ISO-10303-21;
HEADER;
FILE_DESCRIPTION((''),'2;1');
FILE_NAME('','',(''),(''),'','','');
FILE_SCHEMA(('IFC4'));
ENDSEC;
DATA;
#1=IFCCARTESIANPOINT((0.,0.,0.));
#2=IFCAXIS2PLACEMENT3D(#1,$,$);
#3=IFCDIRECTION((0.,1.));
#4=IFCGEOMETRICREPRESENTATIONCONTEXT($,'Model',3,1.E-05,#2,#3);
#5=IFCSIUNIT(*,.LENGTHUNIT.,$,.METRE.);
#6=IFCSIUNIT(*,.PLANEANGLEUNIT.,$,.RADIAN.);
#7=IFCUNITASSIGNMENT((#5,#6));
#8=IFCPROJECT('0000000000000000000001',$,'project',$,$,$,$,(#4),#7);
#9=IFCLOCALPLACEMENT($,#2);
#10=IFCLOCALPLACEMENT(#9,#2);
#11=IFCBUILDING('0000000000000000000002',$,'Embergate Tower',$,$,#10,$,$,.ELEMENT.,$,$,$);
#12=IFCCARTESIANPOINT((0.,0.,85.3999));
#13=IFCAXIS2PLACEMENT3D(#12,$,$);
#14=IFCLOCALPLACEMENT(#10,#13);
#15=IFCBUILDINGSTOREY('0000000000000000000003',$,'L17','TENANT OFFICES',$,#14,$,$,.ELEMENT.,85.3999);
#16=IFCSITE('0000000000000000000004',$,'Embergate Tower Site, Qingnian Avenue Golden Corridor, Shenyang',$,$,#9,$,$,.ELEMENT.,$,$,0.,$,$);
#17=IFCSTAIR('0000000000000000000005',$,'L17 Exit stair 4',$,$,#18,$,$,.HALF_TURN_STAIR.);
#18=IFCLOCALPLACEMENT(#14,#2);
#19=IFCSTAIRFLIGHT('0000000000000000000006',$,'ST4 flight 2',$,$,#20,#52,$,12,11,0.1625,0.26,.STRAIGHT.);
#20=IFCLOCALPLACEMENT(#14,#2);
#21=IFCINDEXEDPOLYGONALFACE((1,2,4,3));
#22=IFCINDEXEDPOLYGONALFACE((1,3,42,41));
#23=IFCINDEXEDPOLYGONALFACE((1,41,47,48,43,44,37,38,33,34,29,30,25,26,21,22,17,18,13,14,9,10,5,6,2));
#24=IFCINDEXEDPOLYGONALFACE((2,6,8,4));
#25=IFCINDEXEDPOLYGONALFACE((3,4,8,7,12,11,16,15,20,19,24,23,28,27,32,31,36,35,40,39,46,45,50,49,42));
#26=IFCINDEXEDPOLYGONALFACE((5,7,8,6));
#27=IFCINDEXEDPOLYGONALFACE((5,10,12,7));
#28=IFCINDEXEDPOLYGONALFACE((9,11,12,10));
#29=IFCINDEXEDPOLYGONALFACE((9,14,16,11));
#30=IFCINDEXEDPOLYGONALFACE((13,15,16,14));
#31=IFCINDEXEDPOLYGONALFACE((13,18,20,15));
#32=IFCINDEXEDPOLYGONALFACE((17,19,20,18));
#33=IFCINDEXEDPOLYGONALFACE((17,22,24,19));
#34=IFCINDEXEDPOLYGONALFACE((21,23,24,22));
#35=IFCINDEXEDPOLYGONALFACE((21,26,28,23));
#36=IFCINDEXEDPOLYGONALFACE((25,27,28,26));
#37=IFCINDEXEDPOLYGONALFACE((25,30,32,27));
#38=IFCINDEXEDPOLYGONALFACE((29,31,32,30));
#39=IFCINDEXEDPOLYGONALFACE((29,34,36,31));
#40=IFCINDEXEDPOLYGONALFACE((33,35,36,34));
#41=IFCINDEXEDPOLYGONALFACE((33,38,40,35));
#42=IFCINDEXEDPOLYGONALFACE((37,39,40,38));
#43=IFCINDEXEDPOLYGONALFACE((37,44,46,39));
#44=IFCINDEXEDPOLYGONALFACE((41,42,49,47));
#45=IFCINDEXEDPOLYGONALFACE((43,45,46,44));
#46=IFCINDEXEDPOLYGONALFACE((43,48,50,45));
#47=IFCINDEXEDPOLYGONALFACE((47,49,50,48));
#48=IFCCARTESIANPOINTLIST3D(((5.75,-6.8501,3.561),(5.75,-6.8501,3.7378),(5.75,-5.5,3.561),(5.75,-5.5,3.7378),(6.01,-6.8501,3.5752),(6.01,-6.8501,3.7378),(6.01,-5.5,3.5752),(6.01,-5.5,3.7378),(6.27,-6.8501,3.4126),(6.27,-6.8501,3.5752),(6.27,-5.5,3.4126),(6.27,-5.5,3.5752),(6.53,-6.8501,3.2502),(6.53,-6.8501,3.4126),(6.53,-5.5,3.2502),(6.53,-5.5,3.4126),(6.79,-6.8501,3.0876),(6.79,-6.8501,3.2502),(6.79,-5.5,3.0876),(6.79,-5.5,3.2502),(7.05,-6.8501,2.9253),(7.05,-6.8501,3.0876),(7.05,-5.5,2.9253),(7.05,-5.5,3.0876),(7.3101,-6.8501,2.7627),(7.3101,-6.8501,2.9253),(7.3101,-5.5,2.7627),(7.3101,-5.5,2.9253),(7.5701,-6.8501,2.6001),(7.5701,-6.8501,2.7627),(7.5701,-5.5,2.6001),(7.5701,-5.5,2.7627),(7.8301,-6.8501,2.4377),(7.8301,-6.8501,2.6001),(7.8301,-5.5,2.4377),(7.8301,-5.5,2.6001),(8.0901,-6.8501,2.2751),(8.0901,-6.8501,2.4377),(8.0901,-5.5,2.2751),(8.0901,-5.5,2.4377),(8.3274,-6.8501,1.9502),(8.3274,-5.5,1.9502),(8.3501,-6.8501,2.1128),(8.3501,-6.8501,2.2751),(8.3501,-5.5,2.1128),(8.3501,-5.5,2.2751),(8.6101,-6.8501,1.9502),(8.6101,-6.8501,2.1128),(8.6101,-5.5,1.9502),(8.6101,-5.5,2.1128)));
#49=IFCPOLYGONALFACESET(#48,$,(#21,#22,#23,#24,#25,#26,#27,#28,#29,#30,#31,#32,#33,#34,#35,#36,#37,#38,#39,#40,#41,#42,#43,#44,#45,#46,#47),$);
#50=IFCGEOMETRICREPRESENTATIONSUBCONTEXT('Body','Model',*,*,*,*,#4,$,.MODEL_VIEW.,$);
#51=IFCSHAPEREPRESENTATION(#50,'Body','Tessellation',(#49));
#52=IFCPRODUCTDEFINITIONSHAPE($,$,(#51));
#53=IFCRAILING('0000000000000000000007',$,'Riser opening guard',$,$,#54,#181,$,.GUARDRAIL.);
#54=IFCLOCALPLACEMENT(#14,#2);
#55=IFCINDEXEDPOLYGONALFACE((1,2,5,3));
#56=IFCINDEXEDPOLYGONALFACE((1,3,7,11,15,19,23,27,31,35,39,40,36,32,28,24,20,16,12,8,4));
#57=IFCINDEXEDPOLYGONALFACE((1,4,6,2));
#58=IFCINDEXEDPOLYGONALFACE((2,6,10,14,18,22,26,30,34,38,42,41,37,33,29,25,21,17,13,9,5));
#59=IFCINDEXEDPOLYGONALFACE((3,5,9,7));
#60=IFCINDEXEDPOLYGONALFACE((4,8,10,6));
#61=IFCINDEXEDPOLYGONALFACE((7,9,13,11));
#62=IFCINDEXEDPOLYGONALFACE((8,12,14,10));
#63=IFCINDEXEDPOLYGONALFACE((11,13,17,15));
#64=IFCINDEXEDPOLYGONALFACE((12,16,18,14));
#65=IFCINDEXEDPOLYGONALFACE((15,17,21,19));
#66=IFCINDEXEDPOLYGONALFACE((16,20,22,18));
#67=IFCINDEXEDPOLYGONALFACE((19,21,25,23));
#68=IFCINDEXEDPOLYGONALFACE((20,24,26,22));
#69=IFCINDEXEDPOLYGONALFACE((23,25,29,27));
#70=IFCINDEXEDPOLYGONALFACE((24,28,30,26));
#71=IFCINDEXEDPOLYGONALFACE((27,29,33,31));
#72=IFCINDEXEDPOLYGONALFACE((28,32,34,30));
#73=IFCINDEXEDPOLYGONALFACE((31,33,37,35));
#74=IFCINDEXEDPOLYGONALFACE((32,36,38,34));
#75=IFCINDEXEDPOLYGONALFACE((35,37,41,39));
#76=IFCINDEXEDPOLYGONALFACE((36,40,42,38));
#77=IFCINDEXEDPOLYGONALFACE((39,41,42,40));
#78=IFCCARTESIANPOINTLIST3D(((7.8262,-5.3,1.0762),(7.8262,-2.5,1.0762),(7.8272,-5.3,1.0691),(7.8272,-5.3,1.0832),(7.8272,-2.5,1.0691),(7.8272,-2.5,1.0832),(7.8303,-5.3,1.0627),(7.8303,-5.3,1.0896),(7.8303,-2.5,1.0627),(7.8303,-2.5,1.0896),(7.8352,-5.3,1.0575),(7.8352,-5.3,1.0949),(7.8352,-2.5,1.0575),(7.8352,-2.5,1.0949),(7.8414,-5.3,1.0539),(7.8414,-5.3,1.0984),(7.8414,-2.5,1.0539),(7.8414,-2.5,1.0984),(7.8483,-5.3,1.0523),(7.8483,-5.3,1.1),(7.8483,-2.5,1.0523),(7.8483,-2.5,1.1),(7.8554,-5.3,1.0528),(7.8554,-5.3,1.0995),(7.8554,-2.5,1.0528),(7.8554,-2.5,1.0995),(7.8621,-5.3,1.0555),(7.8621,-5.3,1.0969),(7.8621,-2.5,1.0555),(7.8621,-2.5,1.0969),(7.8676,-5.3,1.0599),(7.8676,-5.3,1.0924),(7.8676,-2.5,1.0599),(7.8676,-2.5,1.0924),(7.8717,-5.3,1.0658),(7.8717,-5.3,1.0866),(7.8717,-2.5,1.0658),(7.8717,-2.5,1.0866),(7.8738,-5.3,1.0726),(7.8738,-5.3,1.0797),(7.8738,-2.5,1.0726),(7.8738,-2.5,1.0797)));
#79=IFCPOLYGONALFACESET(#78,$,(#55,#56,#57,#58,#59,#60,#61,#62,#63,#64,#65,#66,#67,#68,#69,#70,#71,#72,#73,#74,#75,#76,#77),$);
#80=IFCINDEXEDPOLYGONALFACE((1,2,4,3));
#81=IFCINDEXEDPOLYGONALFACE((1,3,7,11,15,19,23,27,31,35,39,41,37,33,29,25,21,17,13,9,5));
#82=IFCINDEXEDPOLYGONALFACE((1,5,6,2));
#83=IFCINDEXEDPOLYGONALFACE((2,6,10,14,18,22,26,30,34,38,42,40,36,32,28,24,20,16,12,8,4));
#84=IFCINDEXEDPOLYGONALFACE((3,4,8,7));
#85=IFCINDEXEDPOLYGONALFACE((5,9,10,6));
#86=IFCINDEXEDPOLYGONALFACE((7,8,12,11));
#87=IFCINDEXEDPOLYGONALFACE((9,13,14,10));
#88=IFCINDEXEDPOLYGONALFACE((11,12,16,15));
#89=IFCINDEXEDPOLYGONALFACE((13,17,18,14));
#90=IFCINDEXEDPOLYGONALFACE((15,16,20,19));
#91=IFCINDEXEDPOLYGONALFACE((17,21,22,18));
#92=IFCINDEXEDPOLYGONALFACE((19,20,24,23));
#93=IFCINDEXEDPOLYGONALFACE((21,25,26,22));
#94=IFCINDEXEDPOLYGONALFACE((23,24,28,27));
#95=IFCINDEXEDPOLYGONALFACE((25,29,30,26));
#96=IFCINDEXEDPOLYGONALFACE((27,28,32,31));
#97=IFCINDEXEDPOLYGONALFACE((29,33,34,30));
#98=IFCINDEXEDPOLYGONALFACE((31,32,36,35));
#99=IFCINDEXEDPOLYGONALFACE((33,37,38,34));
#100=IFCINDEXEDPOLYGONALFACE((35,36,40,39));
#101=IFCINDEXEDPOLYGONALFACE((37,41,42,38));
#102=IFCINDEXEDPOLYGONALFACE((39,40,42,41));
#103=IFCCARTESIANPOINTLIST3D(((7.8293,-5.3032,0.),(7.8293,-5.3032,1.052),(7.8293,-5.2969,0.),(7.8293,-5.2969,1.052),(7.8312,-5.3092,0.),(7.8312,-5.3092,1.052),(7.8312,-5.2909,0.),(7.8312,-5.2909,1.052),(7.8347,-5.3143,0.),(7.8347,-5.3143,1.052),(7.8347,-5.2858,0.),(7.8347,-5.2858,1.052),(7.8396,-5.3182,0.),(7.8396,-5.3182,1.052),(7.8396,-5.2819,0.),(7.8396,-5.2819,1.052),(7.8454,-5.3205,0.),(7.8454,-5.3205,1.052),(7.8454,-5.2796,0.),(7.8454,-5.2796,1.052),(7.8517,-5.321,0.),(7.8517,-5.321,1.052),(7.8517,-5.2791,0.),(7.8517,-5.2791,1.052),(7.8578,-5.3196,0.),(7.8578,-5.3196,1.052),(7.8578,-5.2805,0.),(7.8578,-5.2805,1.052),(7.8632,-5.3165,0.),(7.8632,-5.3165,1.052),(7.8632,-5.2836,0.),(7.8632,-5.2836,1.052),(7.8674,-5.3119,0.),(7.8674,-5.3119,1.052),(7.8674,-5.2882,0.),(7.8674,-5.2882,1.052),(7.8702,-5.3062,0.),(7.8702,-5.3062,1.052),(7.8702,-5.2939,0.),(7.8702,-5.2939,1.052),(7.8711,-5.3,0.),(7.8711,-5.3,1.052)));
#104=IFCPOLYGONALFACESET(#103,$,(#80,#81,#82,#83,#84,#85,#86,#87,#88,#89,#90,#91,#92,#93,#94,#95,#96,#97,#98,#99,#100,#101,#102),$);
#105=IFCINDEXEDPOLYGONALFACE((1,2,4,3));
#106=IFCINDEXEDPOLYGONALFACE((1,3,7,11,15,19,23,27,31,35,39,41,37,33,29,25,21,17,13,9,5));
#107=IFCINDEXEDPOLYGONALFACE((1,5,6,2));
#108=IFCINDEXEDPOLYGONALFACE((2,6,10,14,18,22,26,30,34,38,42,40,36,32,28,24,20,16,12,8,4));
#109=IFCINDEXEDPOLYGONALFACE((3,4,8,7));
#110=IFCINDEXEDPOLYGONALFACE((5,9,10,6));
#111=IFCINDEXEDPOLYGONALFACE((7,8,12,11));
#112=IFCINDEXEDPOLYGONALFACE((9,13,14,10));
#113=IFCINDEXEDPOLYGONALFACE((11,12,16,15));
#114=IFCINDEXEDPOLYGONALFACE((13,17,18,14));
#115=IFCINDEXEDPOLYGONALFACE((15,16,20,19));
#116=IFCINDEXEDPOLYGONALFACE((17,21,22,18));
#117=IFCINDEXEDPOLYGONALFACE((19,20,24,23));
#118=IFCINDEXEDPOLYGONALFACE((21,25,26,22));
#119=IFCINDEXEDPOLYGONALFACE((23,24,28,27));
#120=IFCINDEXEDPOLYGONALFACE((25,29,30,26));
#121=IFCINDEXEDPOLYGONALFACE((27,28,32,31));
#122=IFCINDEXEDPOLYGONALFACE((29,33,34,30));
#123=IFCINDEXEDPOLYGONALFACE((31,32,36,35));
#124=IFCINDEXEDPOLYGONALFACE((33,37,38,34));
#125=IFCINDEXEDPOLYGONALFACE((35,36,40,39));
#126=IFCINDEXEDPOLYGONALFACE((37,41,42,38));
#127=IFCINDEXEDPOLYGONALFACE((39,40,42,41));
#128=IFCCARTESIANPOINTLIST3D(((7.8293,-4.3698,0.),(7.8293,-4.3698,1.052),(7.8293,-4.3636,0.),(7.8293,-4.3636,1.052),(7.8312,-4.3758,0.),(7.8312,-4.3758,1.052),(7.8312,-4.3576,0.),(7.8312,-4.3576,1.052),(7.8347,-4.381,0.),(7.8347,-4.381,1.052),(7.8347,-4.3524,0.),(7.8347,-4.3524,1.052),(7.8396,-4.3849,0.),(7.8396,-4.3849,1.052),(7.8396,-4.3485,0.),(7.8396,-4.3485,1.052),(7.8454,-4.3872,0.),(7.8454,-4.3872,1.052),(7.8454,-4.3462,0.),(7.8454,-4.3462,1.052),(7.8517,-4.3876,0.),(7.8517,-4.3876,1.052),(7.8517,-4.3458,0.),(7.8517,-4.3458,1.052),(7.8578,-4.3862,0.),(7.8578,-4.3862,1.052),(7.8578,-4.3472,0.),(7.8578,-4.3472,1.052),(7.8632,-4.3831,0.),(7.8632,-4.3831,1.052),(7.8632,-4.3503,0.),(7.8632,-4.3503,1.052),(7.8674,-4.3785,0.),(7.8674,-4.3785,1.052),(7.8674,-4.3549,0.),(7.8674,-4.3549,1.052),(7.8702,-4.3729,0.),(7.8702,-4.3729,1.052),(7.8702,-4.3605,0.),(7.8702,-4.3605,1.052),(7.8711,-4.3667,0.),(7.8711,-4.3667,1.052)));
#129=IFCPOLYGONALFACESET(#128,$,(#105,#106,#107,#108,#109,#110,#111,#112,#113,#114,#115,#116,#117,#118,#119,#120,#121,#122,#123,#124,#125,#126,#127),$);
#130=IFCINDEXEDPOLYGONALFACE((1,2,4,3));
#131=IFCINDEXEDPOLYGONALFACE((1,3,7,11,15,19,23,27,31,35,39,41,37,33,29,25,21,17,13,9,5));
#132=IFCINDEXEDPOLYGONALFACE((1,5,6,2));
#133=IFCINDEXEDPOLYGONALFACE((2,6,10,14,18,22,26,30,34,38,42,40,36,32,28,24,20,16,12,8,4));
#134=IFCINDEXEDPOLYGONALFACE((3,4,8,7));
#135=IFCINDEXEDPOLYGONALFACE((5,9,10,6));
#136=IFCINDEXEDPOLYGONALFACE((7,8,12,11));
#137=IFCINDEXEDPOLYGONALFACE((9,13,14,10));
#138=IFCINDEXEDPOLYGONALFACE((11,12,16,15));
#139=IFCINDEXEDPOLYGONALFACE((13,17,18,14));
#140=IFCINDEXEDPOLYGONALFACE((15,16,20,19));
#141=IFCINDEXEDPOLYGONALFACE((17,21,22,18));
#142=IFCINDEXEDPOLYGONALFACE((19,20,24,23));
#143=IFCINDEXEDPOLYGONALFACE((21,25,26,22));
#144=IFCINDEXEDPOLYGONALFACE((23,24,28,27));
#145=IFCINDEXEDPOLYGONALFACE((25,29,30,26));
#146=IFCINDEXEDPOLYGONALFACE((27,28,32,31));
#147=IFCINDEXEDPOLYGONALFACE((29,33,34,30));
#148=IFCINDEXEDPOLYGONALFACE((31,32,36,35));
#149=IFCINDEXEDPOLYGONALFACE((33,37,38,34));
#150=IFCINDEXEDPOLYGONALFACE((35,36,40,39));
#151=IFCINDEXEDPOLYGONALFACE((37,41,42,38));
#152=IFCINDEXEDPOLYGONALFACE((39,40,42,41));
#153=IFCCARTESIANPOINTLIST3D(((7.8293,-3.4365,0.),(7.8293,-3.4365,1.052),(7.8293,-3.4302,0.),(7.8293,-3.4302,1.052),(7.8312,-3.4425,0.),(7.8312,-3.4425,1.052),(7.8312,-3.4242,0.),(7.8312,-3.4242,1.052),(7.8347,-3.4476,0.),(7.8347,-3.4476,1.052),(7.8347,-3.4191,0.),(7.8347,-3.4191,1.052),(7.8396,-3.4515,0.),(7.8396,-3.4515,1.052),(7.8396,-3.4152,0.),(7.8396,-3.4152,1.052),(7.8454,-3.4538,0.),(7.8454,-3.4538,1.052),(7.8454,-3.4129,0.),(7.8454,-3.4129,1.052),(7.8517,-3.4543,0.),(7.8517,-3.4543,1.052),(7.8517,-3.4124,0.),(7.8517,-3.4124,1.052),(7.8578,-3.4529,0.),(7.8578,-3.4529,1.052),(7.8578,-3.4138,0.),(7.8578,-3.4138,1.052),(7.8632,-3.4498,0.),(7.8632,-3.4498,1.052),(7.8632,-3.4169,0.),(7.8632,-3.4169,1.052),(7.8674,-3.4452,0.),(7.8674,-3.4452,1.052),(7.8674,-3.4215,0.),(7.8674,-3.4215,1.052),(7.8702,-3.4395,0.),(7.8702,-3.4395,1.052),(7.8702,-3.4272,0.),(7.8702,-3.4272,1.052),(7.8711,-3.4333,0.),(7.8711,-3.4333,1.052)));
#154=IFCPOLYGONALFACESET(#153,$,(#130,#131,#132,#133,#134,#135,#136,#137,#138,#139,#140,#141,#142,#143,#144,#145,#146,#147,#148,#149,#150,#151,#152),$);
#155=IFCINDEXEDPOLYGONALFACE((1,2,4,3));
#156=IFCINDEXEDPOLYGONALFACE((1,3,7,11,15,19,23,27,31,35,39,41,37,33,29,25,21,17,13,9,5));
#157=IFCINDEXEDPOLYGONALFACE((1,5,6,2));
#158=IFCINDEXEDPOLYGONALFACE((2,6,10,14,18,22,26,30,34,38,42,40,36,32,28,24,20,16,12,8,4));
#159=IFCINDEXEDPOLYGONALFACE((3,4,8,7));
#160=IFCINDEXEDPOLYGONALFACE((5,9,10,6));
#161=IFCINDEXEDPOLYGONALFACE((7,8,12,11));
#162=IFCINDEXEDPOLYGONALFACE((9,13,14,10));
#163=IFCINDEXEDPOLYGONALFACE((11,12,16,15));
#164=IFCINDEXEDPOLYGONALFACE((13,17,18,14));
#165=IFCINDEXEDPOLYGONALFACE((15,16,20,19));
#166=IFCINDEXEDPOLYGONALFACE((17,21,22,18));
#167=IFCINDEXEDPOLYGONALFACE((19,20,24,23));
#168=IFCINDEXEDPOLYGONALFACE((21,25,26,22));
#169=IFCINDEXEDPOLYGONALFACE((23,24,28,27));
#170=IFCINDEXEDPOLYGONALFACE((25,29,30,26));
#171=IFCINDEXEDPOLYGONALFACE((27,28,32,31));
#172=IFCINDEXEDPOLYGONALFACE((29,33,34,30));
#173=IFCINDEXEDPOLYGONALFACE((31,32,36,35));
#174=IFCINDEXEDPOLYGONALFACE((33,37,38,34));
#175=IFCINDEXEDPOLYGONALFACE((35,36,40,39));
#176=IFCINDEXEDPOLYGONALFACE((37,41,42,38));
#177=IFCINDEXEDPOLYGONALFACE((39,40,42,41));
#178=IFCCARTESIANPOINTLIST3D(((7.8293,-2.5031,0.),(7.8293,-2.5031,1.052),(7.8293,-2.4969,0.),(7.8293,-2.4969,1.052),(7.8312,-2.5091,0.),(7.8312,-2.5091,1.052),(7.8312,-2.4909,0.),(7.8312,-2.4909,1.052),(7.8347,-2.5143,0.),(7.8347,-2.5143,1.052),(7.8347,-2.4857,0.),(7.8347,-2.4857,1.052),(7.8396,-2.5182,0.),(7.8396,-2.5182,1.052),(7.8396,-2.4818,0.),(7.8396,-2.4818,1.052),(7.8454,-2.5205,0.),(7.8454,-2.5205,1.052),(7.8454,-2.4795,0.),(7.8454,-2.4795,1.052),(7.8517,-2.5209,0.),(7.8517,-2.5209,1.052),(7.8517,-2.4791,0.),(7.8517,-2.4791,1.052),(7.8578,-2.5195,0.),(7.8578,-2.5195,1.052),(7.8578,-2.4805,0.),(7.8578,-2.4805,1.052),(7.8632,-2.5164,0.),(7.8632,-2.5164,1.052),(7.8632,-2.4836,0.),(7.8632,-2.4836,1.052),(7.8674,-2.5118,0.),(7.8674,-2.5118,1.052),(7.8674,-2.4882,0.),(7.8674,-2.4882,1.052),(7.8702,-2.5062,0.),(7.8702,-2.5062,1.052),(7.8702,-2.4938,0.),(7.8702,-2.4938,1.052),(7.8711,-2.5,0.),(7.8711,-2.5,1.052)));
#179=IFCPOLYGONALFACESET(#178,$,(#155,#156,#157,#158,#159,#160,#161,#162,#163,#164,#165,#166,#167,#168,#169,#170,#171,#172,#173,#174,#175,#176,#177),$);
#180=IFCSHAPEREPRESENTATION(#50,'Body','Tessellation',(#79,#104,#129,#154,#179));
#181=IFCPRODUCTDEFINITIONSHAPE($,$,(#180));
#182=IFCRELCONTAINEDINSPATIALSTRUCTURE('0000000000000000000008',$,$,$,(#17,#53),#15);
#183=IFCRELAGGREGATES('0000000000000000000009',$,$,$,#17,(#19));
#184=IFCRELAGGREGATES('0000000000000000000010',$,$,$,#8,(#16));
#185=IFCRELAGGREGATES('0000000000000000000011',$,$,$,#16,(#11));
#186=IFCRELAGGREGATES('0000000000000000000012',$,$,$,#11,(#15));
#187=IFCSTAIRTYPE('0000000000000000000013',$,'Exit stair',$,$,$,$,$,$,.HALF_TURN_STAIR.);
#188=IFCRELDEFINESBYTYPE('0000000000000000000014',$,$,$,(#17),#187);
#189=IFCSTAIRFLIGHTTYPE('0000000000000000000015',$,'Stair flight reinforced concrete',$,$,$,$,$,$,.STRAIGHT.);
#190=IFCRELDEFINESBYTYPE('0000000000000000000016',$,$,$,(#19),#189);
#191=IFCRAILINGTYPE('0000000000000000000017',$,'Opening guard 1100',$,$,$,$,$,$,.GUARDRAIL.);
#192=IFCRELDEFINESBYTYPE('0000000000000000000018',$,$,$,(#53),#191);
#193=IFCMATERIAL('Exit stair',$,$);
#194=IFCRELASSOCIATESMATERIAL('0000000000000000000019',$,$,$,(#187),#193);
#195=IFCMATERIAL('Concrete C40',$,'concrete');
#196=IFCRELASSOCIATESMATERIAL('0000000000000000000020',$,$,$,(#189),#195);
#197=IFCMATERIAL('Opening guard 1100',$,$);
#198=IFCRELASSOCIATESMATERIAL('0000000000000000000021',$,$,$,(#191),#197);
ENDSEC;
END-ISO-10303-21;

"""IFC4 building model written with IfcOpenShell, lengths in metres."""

from ifc_helpers import new_model, si_unit, direction, frame, origin, origin_2d, place, context, subcontext, project, spatial, polyline, circle, outline, extrude, source, transform, mapped, material, type_object, element, aggregate, save


model = new_model("IFC4")

# Units and contexts
model_context = context("Model", 3, precision=1e-05, world=origin(), true_north=direction((0.0, 1.0)))
body_context = subcontext(model_context, "Body", "Model", "MODEL_VIEW")
ifc_project = project(units=[si_unit("LENGTHUNIT", "METRE"), si_unit("PLANEANGLEUNIT", "RADIAN")], contexts=[model_context])

# Site, building, storey
site_placement = place(None, origin())
site = spatial("IfcSite", under=ifc_project, at=site_placement, Name="Embergate Tower Site, Qingnian Avenue Golden Corridor, Shenyang", CompositionType="ELEMENT", RefElevation=0.0)
building_placement = place(site_placement, origin())
building = spatial("IfcBuilding", under=site, at=building_placement, Name="Embergate Tower", CompositionType="ELEMENT")
storey_placement = place(building_placement, frame((0.0, 0.0, 85.3999)))
storey = spatial("IfcBuildingStorey", under=building, at=storey_placement, Name="L17", Description="TENANT OFFICES", CompositionType="ELEMENT", Elevation=85.3999)

# Stair, stair flight
ifc_material_1 = material(Name="Exit stair")
stair_type = type_object("IfcStairType", Name="Exit stair", PredefinedType="HALF_TURN_STAIR", material=ifc_material_1)
stair_placement = place(storey_placement, origin())
stair = element("IfcStair", 1, at=stair_placement, inside=storey, type_object=stair_type, Name="L17 Exit stair 4", PredefinedType="HALF_TURN_STAIR")
ifc_material_2 = material(Name="Concrete C40", Category="concrete")
stair_flight_type = type_object("IfcStairFlightType", Name="Stair flight reinforced concrete", PredefinedType="STRAIGHT", material=ifc_material_2)
shared_shape_1 = source(origin(), body_context, "Body", "SweptSolid", [
    extrude(outline(polyline([(0.0, 0.0), (0.0, 0.1626), (0.26, 0.1626), (0.26, 0.325), (0.52, 0.325), (0.52, 0.4875), (0.78, 0.4875), (0.78, 0.6499), (1.04, 0.6499), (1.04, 0.8125), (1.3, 0.8125), (1.3, 0.9751), (1.5601, 0.9751), (1.5601, 1.1375), (1.8201, 1.1375), (1.8201, 1.3), (2.0801, 1.3), (2.0801, 1.4624), (2.3401, 1.4624), (2.3401, 1.625), (2.6001, 1.625), (2.6001, 1.7876), (2.8601, 1.7876), (2.8601, 1.95), (2.8601, 1.6108), (0.2827, 0.0), (0.0, 0.0)])), frame((0.0, 0.675, 0.0), z_axis=(0.0, -1.0, 0.0), x_axis=(1.0, 0.0, 0.0)), (0.0, 0.0, 1.0), 1.3501),
])
stair_flight_placement = place(storey_placement, frame((8.6101, -6.175, 1.9502), z_axis=(0.0, 0.0, 1.0), x_axis=(-1.0, 0.0, 0.0)))
stair_flight = element("IfcStairFlight", 2, at=stair_flight_placement, type_object=stair_flight_type, Name="ST4 flight 2", NumberOfRisers=12, NumberOfTreads=11, PredefinedType="STRAIGHT", RiserHeight=0.1625, TreadLength=0.26, context=body_context, shape_type="MappedRepresentation", body=[
    mapped(shared_shape_1, transform((0.0, 0.0, 0.0))),
])
aggregate(stair, [stair_flight])

# Railing
ifc_material_3 = material(Name="Opening guard 1100")
railing_type = type_object("IfcRailingType", Name="Opening guard 1100", PredefinedType="GUARDRAIL", material=ifc_material_3)
shared_shape_2 = source(origin(), body_context, "Body", "SweptSolid", [
    extrude(circle(Radius=0.0239, at=origin_2d()), frame((0.0, 0.0, 1.0762), z_axis=(0.0, 1.0, 0.0), x_axis=(-1.0, 0.0, 0.0)), (0.0, 0.0, 1.0), 2.8),
    extrude(circle(Radius=0.021, at=origin_2d()), origin(), (0.0, 0.0, 1.0), 1.052),
    extrude(circle(Radius=0.021, at=origin_2d()), frame((0.0, 0.9333, 0.0)), (0.0, 0.0, 1.0), 1.052),
    extrude(circle(Radius=0.021, at=origin_2d()), frame((0.0, 1.8667, 0.0)), (0.0, 0.0, 1.0), 1.052),
    extrude(circle(Radius=0.021, at=origin_2d()), frame((0.0, 2.8, 0.0)), (0.0, 0.0, 1.0), 1.052),
])
railing_placement = place(storey_placement, frame((7.8501, -5.3, 0.0)))
element("IfcRailing", 3, at=railing_placement, inside=storey, type_object=railing_type, Name="Riser opening guard", PredefinedType="GUARDRAIL", context=body_context, shape_type="MappedRepresentation", body=[
    mapped(shared_shape_2, transform((0.0, 0.0, 0.0))),
])

save(model, "model.ifc")
